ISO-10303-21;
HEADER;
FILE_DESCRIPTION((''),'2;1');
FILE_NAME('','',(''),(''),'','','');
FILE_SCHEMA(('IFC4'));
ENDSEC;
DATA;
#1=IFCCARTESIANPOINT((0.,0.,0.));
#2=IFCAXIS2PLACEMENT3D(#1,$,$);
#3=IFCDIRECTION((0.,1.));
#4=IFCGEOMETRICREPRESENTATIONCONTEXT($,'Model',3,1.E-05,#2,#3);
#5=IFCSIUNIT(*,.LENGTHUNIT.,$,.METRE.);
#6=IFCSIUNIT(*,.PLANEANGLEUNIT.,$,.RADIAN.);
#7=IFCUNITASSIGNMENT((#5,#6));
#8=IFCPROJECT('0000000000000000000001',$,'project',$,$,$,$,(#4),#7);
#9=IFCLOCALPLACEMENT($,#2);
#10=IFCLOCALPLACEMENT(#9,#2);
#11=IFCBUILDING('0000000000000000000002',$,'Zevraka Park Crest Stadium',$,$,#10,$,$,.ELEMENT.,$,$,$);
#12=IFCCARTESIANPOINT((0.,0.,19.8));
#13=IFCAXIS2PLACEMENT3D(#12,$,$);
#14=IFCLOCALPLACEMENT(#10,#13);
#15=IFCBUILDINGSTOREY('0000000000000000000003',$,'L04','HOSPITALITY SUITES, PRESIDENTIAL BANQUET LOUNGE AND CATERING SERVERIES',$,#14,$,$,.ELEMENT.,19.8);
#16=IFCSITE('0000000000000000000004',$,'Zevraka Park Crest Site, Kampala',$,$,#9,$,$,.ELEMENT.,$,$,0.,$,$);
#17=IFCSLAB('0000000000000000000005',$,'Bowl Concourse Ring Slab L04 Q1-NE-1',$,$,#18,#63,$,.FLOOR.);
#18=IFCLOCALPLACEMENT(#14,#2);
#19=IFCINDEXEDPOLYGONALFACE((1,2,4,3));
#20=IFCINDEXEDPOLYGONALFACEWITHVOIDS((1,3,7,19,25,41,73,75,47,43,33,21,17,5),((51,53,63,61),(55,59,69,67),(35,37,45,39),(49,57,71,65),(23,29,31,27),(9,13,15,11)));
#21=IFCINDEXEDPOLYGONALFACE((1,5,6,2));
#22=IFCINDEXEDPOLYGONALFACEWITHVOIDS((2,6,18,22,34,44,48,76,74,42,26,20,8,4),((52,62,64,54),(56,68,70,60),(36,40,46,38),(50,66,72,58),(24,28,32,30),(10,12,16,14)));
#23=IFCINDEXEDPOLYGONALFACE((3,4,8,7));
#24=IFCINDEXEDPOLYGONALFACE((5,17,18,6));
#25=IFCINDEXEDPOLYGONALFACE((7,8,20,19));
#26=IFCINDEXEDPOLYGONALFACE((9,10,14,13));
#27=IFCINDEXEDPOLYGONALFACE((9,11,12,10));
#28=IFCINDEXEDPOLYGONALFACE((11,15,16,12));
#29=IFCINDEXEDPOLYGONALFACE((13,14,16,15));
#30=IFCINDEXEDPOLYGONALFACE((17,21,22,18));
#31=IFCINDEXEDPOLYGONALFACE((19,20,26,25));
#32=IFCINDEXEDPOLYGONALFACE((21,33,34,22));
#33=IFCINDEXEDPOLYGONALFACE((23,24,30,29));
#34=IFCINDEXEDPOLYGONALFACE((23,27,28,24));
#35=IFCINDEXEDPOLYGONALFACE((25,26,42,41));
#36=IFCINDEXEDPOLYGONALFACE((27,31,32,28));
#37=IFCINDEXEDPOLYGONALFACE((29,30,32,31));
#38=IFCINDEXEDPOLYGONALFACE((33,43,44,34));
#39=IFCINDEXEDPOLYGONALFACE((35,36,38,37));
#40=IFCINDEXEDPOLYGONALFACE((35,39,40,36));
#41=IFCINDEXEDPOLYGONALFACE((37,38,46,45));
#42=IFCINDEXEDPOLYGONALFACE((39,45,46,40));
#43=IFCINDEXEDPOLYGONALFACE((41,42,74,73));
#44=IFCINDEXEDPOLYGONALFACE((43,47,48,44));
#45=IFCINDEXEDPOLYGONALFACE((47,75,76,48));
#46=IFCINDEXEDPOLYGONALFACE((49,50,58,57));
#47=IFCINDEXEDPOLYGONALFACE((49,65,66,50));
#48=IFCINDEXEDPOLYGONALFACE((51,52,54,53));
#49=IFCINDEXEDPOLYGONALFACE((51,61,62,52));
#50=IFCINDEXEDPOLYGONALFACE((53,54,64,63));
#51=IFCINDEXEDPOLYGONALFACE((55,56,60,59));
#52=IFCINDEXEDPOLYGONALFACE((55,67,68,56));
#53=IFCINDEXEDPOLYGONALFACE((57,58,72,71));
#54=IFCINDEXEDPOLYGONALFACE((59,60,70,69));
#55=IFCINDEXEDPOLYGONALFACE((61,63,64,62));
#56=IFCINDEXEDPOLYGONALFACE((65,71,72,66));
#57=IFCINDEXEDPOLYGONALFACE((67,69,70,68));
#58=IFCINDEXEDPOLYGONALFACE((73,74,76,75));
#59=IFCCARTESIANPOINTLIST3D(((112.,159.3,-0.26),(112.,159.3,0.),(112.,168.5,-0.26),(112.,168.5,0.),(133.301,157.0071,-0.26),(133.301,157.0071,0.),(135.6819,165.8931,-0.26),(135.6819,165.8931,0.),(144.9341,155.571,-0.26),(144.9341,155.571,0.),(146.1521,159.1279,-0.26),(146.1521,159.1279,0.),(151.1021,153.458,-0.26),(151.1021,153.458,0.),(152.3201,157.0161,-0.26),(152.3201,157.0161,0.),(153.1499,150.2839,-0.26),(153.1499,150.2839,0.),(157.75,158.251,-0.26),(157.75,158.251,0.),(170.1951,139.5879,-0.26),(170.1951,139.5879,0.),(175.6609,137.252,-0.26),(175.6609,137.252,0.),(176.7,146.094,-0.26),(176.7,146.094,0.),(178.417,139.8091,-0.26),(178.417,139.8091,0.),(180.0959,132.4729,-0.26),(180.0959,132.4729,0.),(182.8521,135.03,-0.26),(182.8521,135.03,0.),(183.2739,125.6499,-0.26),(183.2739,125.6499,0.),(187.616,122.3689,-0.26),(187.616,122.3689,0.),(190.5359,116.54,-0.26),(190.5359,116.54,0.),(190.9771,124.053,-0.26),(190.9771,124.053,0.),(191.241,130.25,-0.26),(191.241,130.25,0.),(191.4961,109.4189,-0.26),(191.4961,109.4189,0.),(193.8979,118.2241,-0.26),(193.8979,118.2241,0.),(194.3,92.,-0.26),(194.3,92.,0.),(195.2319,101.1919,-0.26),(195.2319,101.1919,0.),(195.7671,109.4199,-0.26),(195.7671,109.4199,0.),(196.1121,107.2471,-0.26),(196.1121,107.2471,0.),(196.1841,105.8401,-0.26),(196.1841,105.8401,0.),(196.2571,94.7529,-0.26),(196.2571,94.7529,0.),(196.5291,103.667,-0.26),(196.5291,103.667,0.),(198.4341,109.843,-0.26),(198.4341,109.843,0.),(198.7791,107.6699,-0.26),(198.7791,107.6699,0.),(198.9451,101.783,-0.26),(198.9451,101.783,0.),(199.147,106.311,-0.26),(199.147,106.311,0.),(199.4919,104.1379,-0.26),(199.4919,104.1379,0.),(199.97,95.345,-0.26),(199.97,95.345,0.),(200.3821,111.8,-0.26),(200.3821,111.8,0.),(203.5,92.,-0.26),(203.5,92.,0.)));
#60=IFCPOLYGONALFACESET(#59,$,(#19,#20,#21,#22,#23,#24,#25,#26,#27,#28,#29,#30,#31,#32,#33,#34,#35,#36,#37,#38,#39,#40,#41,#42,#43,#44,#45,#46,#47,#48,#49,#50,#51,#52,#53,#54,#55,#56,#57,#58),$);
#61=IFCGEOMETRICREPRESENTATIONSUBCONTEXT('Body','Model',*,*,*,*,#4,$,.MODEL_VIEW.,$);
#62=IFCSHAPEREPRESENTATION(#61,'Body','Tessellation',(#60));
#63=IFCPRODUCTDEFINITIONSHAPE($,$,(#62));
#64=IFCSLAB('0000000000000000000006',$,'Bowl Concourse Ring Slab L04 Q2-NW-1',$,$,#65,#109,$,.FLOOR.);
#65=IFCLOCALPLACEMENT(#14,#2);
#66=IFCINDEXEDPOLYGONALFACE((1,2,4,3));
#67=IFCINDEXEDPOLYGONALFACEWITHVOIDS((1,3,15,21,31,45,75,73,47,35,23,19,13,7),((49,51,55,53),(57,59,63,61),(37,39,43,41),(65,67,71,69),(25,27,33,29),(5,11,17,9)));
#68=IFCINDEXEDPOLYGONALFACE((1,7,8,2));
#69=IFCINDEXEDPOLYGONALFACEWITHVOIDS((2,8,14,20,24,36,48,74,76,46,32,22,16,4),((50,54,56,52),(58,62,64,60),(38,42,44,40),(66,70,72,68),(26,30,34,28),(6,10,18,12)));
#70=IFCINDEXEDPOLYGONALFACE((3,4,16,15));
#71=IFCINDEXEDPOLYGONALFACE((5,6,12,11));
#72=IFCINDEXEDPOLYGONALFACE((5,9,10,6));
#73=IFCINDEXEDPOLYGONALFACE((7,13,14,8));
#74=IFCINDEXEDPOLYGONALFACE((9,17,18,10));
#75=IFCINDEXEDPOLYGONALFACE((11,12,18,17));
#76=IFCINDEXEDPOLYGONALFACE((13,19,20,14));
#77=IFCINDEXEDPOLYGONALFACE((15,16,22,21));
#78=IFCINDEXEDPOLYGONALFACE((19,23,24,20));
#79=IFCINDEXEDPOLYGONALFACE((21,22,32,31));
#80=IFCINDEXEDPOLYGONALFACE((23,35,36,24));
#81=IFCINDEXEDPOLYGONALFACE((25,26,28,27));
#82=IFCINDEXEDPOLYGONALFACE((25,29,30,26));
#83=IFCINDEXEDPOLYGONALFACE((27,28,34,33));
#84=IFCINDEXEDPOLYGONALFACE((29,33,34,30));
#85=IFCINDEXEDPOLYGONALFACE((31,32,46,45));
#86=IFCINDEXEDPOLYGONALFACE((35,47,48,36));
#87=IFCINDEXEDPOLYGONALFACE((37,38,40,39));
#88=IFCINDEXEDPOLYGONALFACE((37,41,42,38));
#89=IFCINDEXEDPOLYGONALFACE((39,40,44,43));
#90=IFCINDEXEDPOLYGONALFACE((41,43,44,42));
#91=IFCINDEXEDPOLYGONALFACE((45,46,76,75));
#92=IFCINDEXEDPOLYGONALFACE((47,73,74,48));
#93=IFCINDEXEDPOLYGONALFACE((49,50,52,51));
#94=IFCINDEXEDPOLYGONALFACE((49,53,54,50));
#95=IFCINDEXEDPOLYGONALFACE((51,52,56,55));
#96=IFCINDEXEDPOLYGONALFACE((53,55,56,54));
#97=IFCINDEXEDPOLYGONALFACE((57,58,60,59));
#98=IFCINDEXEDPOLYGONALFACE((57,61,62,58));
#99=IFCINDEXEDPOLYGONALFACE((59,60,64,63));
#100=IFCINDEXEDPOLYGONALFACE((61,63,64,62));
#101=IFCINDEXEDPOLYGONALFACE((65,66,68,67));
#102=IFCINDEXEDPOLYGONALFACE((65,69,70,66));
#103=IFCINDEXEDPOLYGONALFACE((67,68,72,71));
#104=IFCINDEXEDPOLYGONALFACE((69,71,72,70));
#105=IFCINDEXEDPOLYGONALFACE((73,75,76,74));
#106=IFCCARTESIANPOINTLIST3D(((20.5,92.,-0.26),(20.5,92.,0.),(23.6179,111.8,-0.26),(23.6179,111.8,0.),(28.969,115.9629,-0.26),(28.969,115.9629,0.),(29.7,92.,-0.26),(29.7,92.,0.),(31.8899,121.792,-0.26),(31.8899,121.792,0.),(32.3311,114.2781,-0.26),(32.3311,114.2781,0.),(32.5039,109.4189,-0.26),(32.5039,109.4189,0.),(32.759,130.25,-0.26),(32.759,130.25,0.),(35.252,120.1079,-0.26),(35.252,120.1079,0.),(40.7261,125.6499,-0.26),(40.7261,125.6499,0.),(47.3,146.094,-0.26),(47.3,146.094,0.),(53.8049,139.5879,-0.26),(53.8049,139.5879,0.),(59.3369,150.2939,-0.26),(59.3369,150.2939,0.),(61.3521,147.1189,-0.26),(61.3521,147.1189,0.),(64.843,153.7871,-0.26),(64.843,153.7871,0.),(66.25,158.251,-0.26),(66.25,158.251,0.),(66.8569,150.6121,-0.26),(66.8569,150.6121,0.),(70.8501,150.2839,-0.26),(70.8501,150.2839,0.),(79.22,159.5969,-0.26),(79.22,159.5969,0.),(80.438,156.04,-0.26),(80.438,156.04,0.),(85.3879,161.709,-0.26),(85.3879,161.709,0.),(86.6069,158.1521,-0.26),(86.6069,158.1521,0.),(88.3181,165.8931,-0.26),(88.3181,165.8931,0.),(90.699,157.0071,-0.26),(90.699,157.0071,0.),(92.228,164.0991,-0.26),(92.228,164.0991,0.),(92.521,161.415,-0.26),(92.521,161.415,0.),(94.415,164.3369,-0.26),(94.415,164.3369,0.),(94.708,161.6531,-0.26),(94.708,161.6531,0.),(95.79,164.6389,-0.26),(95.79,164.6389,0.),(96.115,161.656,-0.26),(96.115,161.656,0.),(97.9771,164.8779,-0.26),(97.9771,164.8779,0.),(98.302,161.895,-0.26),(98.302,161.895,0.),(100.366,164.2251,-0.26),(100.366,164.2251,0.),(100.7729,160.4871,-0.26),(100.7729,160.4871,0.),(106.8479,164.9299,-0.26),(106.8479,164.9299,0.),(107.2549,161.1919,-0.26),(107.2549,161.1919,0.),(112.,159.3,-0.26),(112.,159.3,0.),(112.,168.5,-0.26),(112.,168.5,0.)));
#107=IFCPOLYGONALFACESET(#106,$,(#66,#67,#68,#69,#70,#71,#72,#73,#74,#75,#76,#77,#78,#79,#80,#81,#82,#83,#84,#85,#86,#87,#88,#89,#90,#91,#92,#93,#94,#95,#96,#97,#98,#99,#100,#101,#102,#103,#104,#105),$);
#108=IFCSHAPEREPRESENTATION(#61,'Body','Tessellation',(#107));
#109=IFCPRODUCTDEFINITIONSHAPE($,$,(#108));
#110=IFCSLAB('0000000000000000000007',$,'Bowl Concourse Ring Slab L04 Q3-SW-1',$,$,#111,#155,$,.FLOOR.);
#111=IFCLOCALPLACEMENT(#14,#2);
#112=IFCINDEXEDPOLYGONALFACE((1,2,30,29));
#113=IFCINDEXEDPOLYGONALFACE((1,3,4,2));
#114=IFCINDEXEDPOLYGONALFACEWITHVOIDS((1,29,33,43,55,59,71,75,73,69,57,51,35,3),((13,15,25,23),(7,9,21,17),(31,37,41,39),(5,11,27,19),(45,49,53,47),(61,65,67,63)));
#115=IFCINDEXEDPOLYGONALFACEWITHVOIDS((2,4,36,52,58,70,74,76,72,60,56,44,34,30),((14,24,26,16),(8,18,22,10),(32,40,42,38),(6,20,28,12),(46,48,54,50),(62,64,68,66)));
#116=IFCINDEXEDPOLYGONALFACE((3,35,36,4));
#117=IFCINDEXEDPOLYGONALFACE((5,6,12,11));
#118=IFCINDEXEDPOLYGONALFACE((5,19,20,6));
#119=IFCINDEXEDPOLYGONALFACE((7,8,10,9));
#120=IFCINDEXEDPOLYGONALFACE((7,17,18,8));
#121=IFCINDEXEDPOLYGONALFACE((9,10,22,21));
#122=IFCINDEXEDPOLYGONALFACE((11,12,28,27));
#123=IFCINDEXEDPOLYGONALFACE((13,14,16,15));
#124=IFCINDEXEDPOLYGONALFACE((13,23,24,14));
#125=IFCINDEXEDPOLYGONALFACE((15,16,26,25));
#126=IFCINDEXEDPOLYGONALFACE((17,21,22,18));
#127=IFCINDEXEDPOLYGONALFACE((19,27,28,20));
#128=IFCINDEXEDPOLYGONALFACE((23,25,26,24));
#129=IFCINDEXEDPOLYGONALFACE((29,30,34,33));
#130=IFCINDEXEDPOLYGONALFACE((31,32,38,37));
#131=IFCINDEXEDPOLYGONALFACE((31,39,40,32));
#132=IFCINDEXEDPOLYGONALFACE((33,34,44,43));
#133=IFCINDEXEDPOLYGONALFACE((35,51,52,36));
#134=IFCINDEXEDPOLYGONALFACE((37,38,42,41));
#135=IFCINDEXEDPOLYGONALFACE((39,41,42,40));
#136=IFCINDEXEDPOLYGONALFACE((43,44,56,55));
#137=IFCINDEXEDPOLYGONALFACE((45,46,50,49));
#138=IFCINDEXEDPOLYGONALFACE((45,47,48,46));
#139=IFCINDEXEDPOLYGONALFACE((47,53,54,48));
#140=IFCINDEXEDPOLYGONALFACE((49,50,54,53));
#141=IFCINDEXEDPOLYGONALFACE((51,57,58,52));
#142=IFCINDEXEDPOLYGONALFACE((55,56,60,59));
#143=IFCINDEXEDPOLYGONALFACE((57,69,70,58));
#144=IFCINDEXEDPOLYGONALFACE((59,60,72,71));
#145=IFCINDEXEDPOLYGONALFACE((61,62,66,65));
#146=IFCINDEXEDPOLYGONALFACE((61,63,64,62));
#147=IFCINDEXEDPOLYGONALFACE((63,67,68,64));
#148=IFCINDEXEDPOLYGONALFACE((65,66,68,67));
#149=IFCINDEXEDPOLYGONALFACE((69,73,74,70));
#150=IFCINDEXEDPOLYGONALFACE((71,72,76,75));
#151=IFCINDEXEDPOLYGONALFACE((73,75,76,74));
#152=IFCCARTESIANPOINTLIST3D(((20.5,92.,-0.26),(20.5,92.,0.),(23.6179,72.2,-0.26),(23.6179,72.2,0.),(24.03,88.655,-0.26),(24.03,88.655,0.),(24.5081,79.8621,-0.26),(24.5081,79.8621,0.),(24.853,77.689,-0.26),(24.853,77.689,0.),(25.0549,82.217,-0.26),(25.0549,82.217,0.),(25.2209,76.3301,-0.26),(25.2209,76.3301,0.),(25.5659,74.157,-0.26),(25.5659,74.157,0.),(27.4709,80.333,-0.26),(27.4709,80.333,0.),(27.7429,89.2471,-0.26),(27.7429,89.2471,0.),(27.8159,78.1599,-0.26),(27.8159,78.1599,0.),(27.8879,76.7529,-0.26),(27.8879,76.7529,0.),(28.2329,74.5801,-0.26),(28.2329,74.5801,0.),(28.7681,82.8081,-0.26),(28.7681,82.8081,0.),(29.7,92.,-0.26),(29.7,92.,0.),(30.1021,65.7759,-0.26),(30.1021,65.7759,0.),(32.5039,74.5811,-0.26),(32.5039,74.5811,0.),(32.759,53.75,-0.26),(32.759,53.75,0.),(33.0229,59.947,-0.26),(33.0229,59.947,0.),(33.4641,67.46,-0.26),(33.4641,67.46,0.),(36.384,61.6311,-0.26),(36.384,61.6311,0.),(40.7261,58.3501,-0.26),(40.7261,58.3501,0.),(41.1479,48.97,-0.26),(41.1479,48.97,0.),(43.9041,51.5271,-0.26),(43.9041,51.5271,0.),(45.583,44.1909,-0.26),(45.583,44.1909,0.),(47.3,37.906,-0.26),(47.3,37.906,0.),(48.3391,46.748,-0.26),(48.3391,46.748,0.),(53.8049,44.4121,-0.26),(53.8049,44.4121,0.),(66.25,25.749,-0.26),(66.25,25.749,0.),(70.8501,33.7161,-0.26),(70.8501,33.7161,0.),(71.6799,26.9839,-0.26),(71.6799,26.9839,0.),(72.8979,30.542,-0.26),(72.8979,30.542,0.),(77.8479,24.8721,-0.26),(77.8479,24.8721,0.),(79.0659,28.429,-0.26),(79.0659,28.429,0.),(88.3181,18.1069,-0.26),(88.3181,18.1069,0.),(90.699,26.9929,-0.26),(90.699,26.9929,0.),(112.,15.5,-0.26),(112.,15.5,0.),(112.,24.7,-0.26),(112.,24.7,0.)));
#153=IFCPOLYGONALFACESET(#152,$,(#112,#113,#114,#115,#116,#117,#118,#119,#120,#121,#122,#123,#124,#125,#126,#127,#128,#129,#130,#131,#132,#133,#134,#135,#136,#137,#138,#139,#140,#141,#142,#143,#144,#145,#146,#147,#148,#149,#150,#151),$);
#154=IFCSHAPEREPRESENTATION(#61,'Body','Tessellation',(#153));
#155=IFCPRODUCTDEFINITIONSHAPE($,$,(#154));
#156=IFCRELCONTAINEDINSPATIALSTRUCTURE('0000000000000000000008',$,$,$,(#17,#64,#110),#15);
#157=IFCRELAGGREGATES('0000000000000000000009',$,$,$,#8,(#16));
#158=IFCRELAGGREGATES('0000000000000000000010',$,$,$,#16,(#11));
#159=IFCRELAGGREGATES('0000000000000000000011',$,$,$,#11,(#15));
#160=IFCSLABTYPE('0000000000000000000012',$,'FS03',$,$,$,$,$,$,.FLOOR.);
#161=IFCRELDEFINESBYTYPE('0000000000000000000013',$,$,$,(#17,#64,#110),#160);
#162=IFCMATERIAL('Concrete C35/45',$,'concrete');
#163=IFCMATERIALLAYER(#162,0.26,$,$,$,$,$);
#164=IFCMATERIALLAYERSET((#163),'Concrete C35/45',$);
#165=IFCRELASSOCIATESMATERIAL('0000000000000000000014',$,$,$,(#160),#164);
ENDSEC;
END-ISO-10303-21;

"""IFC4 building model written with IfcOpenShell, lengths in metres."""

from ifc_helpers import new_model, si_unit, direction, frame, origin, place, context, subcontext, project, spatial, polyline, outline, extrude, material, layer, layer_set, type_object, element, save


model = new_model("IFC4")

# Units and contexts
model_context = context("Model", 3, precision=1e-05, world=origin(), true_north=direction((0.0, 1.0)))
body_context = subcontext(model_context, "Body", "Model", "MODEL_VIEW")
ifc_project = project(units=[si_unit("LENGTHUNIT", "METRE"), si_unit("PLANEANGLEUNIT", "RADIAN")], contexts=[model_context])

# Site, building, storey
site_placement = place(None, origin())
site = spatial("IfcSite", under=ifc_project, at=site_placement, Name="Zevraka Park Crest Site, Kampala", CompositionType="ELEMENT", RefElevation=0.0)
building_placement = place(site_placement, origin())
building = spatial("IfcBuilding", under=site, at=building_placement, Name="Zevraka Park Crest Stadium", CompositionType="ELEMENT")
storey_placement = place(building_placement, frame((0.0, 0.0, 19.8)))
storey = spatial("IfcBuildingStorey", under=building, at=storey_placement, Name="L04", Description="HOSPITALITY SUITES, PRESIDENTIAL BANQUET LOUNGE AND CATERING SERVERIES", CompositionType="ELEMENT", Elevation=19.8)

# Slabs
ifc_material_1 = material(Name="Concrete C35/45", Category="concrete")
ifc_layer_1 = layer(ifc_material_1, 0.26)
ifc_layer_set_1 = layer_set([ifc_layer_1], Name="Concrete C35/45")
slab_type_1 = type_object("IfcSlabType", Name="FS03", PredefinedType="FLOOR", material=ifc_layer_set_1)
slab_1_placement = place(storey_placement, frame((0.0, 0.0, -0.26)))
element("IfcSlab", 1, at=slab_1_placement, inside=storey, type_object=slab_type_1, Name="Bowl Concourse Ring Slab L04 Q1-NE-1", PredefinedType="FLOOR", context=body_context, shape_type="SweptSolid", body=[
    extrude(outline(polyline([(191.4961, 109.4189), (183.2739, 125.6499), (170.1951, 139.5879), (153.1499, 150.2839), (133.301, 157.0071), (112.0, 159.3), (112.0, 168.5), (135.6819, 165.8931), (157.75, 158.251), (176.7, 146.094), (191.241, 130.25), (200.3821, 111.8), (203.5, 92.0), (194.3, 92.0), (191.4961, 109.4189)]), holes=[polyline([(196.2571, 94.7529), (199.97, 95.345), (198.9451, 101.783), (195.2319, 101.1919), (196.2571, 94.7529)]), polyline([(196.1841, 105.8401), (196.5291, 103.667), (199.4919, 104.1379), (199.147, 106.311), (196.1841, 105.8401)]), polyline([(195.7671, 109.4199), (196.1121, 107.2471), (198.7791, 107.6699), (198.4341, 109.843), (195.7671, 109.4199)]), polyline([(190.5359, 116.54), (193.8979, 118.2241), (190.9771, 124.053), (187.616, 122.3689), (190.5359, 116.54)]), polyline([(175.6609, 137.252), (180.0959, 132.4729), (182.8521, 135.03), (178.417, 139.8091), (175.6609, 137.252)]), polyline([(144.9341, 155.571), (151.1021, 153.458), (152.3201, 157.0161), (146.1521, 159.1279), (144.9341, 155.571)])]), origin(), (0.0, 0.0, 1.0), 0.26),
])
slab_2_placement = place(storey_placement, frame((0.0, 0.0, -0.26)))
element("IfcSlab", 2, at=slab_2_placement, inside=storey, type_object=slab_type_1, Name="Bowl Concourse Ring Slab L04 Q2-NW-1", PredefinedType="FLOOR", context=body_context, shape_type="SweptSolid", body=[
    extrude(outline(polyline([(90.699, 157.0071), (70.8501, 150.2839), (53.8049, 139.5879), (40.7261, 125.6499), (32.5039, 109.4189), (29.7, 92.0), (20.5, 92.0), (23.6179, 111.8), (32.759, 130.25), (47.3, 146.094), (66.25, 158.251), (88.3181, 165.8931), (112.0, 168.5), (112.0, 159.3), (90.699, 157.0071)]), holes=[polyline([(35.252, 120.1079), (31.8899, 121.792), (28.969, 115.9629), (32.3311, 114.2781), (35.252, 120.1079)]), polyline([(61.3521, 147.1189), (66.8569, 150.6121), (64.843, 153.7871), (59.3369, 150.2939), (61.3521, 147.1189)]), polyline([(80.438, 156.04), (86.6069, 158.1521), (85.3879, 161.709), (79.22, 159.5969), (80.438, 156.04)]), polyline([(107.2549, 161.1919), (106.8479, 164.9299), (100.366, 164.2251), (100.7729, 160.4871), (107.2549, 161.1919)]), polyline([(92.521, 161.415), (94.708, 161.6531), (94.415, 164.3369), (92.228, 164.0991), (92.521, 161.415)]), polyline([(96.115, 161.656), (98.302, 161.895), (97.9771, 164.8779), (95.79, 164.6389), (96.115, 161.656)])]), origin(), (0.0, 0.0, 1.0), 0.26),
])
slab_3_placement = place(storey_placement, frame((0.0, 0.0, -0.26)))
element("IfcSlab", 3, at=slab_3_placement, inside=storey, type_object=slab_type_1, Name="Bowl Concourse Ring Slab L04 Q3-SW-1", PredefinedType="FLOOR", context=body_context, shape_type="SweptSolid", body=[
    extrude(outline(polyline([(32.5039, 74.5811), (40.7261, 58.3501), (53.8049, 44.4121), (70.8501, 33.7161), (90.699, 26.9929), (112.0, 24.7), (112.0, 15.5), (88.3181, 18.1069), (66.25, 25.749), (47.3, 37.906), (32.759, 53.75), (23.6179, 72.2), (20.5, 92.0), (29.7, 92.0), (32.5039, 74.5811)]), holes=[polyline([(72.8979, 30.542), (71.6799, 26.9839), (77.8479, 24.8721), (79.0659, 28.429), (72.8979, 30.542)]), polyline([(48.3391, 46.748), (43.9041, 51.5271), (41.1479, 48.97), (45.583, 44.1909), (48.3391, 46.748)]), polyline([(36.384, 61.6311), (33.4641, 67.46), (30.1021, 65.7759), (33.0229, 59.947), (36.384, 61.6311)]), polyline([(27.8879, 76.7529), (25.2209, 76.3301), (25.5659, 74.157), (28.2329, 74.5801), (27.8879, 76.7529)]), polyline([(27.8159, 78.1599), (27.4709, 80.333), (24.5081, 79.8621), (24.853, 77.689), (27.8159, 78.1599)]), polyline([(28.7681, 82.8081), (27.7429, 89.2471), (24.03, 88.655), (25.0549, 82.217), (28.7681, 82.8081)])]), origin(), (0.0, 0.0, 1.0), 0.26),
])

save(model, "model.ifc")
